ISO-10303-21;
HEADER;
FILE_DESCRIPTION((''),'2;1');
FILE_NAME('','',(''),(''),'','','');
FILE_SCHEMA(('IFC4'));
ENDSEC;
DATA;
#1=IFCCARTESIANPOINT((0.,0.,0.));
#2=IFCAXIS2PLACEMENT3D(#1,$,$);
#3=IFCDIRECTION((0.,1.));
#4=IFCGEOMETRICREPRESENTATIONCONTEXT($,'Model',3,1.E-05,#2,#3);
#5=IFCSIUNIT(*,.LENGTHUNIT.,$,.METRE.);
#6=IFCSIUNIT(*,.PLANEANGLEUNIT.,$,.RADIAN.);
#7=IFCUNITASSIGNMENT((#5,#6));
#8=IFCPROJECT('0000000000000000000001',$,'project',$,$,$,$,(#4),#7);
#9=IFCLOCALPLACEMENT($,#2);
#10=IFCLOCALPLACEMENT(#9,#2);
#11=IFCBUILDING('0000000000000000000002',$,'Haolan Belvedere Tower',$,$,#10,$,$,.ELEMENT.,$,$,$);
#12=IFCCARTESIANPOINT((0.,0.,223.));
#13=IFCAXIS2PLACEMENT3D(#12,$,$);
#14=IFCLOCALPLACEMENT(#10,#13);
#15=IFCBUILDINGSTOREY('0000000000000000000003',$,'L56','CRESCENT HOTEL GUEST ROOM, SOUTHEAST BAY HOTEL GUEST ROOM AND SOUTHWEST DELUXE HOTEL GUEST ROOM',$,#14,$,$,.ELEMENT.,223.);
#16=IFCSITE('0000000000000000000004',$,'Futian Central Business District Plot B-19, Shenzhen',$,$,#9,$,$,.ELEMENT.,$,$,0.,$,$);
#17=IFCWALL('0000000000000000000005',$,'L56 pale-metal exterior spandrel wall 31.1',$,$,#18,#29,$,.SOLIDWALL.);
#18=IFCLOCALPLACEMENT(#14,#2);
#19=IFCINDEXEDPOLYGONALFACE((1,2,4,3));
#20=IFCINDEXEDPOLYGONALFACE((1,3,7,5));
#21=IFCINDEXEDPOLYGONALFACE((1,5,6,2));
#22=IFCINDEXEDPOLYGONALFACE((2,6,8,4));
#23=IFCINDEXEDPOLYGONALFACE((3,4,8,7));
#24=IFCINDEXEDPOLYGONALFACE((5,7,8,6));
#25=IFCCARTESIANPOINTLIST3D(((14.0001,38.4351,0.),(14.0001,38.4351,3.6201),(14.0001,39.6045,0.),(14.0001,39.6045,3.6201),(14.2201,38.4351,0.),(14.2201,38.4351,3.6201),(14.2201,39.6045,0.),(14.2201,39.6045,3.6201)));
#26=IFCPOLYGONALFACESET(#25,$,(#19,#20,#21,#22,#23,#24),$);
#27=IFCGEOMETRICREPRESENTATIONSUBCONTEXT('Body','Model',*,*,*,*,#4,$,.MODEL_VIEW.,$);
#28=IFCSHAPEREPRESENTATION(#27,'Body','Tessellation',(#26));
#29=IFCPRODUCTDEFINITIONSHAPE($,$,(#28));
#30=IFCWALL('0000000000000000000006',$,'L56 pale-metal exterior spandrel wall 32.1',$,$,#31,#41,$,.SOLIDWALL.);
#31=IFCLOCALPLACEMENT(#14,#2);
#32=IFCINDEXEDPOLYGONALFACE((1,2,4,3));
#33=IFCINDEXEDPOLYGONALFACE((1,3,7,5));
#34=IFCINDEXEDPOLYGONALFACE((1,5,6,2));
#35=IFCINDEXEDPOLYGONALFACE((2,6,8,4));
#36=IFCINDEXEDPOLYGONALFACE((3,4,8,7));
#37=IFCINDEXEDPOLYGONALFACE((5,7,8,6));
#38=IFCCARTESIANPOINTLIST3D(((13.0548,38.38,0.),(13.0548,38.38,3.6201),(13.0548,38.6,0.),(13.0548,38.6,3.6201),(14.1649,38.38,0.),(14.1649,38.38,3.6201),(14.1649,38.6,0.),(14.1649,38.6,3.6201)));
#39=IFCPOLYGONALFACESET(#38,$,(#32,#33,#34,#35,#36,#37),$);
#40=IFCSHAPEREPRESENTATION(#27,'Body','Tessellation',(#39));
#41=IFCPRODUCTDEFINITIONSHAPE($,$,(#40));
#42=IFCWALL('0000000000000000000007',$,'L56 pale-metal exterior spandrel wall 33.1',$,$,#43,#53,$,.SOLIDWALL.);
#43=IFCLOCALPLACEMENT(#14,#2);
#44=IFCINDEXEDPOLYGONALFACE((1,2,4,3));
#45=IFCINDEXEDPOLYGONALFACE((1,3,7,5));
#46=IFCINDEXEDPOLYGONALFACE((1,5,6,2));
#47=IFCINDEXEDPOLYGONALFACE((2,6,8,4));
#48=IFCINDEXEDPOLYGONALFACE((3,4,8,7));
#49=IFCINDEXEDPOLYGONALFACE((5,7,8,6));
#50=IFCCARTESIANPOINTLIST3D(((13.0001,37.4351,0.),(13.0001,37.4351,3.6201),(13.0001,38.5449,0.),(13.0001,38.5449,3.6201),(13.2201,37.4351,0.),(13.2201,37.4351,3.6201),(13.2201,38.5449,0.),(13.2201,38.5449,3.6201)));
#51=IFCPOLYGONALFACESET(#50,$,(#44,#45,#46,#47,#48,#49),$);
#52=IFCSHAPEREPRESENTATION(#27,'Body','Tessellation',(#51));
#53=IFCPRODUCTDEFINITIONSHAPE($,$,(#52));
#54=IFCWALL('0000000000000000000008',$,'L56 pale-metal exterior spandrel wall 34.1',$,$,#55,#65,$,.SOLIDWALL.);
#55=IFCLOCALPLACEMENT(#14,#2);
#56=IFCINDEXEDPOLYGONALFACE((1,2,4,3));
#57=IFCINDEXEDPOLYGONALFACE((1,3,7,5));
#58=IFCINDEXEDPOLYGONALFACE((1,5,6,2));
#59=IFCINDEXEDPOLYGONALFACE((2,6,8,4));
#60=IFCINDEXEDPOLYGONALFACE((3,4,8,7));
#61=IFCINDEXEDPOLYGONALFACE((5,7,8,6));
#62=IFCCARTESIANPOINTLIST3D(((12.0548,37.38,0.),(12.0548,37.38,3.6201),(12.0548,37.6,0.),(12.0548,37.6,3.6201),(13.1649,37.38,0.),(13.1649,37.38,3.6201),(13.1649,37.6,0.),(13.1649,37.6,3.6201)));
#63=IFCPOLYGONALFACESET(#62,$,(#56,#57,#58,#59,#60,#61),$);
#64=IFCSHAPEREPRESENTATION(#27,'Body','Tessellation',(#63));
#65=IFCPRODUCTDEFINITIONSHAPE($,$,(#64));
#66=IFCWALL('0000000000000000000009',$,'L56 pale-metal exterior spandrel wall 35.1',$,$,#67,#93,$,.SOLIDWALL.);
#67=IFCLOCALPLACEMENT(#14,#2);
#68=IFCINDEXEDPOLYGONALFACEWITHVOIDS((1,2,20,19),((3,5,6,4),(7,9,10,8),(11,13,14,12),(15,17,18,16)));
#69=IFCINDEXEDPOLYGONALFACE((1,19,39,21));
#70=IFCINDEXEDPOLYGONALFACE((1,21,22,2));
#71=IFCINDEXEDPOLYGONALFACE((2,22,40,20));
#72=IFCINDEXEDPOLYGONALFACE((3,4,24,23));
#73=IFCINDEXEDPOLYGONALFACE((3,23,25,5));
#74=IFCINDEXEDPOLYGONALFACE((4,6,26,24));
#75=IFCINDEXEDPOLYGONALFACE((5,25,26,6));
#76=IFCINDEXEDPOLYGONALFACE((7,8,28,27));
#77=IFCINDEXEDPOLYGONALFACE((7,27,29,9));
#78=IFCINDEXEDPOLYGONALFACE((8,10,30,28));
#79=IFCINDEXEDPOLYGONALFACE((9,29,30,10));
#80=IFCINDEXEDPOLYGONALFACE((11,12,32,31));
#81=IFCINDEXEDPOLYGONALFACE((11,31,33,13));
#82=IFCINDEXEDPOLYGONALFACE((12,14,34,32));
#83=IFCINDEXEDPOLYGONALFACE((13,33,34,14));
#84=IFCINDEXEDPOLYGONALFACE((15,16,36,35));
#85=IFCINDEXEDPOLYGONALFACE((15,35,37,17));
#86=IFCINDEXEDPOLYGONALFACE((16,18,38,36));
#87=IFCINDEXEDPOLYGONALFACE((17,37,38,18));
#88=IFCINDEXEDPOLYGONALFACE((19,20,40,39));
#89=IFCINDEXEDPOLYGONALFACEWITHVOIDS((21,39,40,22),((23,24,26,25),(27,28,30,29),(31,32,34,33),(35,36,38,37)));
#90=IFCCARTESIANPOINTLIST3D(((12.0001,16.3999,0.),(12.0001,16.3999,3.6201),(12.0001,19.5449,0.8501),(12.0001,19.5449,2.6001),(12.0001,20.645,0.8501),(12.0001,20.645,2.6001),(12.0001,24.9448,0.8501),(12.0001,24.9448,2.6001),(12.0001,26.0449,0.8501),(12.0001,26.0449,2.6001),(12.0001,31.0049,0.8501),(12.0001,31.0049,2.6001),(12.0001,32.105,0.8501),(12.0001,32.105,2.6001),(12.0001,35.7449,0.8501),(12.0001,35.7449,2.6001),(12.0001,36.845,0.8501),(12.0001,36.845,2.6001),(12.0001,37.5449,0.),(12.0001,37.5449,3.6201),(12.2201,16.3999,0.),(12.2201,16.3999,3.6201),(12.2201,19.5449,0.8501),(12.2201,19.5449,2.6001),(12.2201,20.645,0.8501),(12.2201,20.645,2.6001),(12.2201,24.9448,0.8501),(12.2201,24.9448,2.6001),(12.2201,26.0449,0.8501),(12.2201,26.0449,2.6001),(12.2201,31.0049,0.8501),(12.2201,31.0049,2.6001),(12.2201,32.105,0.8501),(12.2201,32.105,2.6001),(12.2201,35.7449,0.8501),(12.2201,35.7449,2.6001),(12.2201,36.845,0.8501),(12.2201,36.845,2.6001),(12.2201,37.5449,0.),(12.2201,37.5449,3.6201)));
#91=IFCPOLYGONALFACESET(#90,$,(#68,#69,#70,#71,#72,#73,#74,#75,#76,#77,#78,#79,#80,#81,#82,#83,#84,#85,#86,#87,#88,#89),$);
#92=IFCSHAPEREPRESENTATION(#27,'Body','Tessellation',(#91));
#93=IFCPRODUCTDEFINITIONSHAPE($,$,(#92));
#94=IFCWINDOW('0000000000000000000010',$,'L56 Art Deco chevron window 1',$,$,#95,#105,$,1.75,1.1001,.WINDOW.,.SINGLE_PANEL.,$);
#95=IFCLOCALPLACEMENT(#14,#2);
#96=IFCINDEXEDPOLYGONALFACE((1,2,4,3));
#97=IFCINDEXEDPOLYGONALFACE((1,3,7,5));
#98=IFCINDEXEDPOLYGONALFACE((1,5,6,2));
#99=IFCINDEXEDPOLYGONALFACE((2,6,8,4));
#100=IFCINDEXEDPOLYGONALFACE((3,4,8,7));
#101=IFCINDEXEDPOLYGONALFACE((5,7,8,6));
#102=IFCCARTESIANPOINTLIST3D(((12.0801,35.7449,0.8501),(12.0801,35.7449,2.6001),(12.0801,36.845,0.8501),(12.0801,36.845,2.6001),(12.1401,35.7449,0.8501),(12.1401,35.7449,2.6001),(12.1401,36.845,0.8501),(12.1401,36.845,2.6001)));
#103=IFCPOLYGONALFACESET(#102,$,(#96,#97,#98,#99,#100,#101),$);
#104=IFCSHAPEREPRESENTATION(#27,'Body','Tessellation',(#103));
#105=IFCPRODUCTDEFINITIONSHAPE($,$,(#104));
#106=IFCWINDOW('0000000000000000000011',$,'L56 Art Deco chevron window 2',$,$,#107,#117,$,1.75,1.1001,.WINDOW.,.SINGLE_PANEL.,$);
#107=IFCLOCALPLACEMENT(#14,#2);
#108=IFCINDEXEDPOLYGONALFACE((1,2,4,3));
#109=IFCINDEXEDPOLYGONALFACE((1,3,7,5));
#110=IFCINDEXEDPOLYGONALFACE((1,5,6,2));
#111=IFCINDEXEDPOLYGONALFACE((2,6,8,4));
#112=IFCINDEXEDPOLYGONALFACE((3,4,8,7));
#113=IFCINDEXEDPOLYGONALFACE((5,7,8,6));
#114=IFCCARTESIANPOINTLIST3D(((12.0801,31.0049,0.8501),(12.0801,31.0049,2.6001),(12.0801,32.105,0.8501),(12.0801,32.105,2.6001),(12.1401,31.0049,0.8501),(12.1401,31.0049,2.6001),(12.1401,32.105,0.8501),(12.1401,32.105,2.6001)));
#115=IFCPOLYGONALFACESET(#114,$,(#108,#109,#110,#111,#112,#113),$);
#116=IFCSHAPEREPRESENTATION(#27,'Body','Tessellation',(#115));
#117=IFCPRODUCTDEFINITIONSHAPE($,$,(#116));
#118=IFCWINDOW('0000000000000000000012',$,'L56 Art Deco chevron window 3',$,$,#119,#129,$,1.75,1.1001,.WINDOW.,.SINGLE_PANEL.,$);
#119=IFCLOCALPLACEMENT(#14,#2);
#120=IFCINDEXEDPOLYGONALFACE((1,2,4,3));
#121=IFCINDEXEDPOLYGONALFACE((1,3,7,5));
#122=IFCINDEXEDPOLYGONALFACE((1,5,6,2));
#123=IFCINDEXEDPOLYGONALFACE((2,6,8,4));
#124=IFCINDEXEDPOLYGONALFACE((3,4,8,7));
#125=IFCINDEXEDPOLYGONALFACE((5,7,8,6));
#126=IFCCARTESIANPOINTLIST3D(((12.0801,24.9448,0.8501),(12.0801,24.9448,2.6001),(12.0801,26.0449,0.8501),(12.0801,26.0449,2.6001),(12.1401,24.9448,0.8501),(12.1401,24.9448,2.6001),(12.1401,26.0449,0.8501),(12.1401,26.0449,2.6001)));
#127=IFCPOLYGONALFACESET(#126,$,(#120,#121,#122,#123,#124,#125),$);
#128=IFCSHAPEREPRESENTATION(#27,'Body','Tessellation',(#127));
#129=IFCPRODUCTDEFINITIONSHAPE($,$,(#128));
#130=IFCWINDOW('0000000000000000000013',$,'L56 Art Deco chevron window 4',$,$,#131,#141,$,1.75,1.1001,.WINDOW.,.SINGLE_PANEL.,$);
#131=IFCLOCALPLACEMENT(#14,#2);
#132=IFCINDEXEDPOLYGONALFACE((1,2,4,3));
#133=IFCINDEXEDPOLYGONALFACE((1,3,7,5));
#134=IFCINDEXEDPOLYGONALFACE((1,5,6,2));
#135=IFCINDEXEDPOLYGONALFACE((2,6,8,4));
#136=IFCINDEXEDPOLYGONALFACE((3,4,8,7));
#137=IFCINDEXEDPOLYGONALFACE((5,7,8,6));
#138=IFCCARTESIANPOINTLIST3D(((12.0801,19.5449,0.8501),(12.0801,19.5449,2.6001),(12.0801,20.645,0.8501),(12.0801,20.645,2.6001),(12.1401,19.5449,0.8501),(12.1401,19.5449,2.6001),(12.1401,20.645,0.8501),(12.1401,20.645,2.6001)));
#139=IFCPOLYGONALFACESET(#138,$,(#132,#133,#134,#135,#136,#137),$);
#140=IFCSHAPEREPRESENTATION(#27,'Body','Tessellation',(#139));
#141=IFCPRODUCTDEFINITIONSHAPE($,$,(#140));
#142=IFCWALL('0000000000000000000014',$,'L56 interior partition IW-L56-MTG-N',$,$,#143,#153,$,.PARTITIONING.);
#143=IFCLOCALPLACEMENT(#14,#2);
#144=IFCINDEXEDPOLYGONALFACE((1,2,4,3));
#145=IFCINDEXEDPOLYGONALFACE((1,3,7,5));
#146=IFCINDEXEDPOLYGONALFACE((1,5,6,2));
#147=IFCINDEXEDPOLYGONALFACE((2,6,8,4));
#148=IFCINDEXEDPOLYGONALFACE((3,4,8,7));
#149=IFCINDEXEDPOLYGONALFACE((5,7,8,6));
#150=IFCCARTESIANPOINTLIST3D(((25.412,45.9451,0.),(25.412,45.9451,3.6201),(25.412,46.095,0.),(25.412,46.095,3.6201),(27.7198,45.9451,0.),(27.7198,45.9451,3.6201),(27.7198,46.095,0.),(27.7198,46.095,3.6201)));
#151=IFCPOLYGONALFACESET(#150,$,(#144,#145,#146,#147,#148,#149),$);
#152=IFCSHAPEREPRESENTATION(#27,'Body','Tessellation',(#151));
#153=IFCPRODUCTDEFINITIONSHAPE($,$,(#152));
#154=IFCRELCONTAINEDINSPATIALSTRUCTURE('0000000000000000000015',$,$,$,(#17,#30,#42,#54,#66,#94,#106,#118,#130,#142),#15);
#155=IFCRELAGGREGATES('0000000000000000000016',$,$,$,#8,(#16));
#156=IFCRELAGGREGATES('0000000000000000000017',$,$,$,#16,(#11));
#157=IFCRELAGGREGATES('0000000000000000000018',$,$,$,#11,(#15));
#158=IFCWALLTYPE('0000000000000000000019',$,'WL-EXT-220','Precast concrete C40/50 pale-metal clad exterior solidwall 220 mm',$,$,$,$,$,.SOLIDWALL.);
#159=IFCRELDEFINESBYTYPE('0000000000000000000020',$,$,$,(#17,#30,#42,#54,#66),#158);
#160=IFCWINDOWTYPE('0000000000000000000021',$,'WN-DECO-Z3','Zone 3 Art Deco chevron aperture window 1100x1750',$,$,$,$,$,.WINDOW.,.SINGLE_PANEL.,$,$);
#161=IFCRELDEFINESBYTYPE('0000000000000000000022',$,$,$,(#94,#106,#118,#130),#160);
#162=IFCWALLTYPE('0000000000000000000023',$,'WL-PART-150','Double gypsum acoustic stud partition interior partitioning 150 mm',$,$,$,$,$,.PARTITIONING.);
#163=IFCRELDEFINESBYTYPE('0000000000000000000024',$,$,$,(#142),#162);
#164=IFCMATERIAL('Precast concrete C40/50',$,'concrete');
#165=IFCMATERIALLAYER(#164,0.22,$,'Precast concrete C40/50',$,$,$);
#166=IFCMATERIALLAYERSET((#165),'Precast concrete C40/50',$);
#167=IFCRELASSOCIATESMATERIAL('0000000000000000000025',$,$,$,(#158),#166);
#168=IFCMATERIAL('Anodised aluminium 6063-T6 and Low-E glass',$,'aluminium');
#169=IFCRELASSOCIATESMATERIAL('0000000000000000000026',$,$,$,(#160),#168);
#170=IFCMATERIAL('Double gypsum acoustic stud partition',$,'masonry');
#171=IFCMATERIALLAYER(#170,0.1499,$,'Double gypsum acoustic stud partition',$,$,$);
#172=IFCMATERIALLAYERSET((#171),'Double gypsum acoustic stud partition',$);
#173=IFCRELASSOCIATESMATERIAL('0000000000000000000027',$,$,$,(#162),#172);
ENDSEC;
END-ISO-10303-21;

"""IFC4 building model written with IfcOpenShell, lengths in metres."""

from ifc_helpers import new_model, si_unit, direction, frame, frame_2d, origin, place, context, subcontext, project, spatial, rectangle, extrude, material, layer, layer_set, type_object, element, fill, save


model = new_model("IFC4")

# Units and contexts
model_context = context("Model", 3, precision=1e-05, world=origin(), true_north=direction((0.0, 1.0)))
body_context = subcontext(model_context, "Body", "Model", "MODEL_VIEW")
ifc_project = project(units=[si_unit("LENGTHUNIT", "METRE"), si_unit("PLANEANGLEUNIT", "RADIAN")], contexts=[model_context])

# Site, building, storey
site_placement = place(None, origin())
site = spatial("IfcSite", under=ifc_project, at=site_placement, Name="Futian Central Business District Plot B-19, Shenzhen", CompositionType="ELEMENT", RefElevation=0.0)
building_placement = place(site_placement, origin())
building = spatial("IfcBuilding", under=site, at=building_placement, Name="Haolan Belvedere Tower", CompositionType="ELEMENT")
storey_placement = place(building_placement, frame((0.0, 0.0, 223.0)))
storey = spatial("IfcBuildingStorey", under=building, at=storey_placement, Name="L56", Description="CRESCENT HOTEL GUEST ROOM, SOUTHEAST BAY HOTEL GUEST ROOM AND SOUTHWEST DELUXE HOTEL GUEST ROOM", CompositionType="ELEMENT", Elevation=223.0)

# Shared definitions
ifc_material_1 = material(Name="Precast concrete C40/50", Category="concrete")
ifc_layer_1 = layer(ifc_material_1, 0.22, Name="Precast concrete C40/50")
ifc_layer_set_1 = layer_set([ifc_layer_1], Name="Precast concrete C40/50")
wall_type_1 = type_object("IfcWallType", Name="WL-EXT-220", Description="Precast concrete C40/50 pale-metal clad exterior solidwall 220 mm", PredefinedType="SOLIDWALL", material=ifc_layer_set_1)

# Shared definitions
ifc_material_2 = material(Name="Anodised aluminium 6063-T6 and Low-E glass", Category="aluminium")
window_type = type_object("IfcWindowType", Name="WN-DECO-Z3", Description="Zone 3 Art Deco chevron aperture window 1100x1750", PartitioningType="SINGLE_PANEL", PredefinedType="WINDOW", material=ifc_material_2)

# Walls
wall_1_placement = place(storey_placement, frame((14.1101, 39.6045, 0.0), z_axis=(0.0, 0.0, 1.0), x_axis=(0.0, -1.0, 0.0)))
element("IfcWall", 1, at=wall_1_placement, inside=storey, type_object=wall_type_1, Name="L56 pale-metal exterior spandrel wall 31.1", PredefinedType="SOLIDWALL", context=body_context, shape_type="SweptSolid", body=[
    extrude(rectangle(XDim=1.1694, YDim=0.22, at=frame_2d((0.5847, 0.0))), origin(), (0.0, 0.0, 1.0), 3.6201),
])
wall_2_placement = place(storey_placement, frame((14.165, 38.49, 0.0), z_axis=(0.0, 0.0, 1.0), x_axis=(-1.0, 0.0, 0.0)))
element("IfcWall", 2, at=wall_2_placement, inside=storey, type_object=wall_type_1, Name="L56 pale-metal exterior spandrel wall 32.1", PredefinedType="SOLIDWALL", context=body_context, shape_type="SweptSolid", body=[
    extrude(rectangle(XDim=1.1101, YDim=0.22, at=frame_2d((0.5552, 0.0))), origin(), (0.0, 0.0, 1.0), 3.6201),
])
wall_3_placement = place(storey_placement, frame((13.1101, 38.5449, 0.0), z_axis=(0.0, 0.0, 1.0), x_axis=(0.0, -1.0, 0.0)))
element("IfcWall", 3, at=wall_3_placement, inside=storey, type_object=wall_type_1, Name="L56 pale-metal exterior spandrel wall 33.1", PredefinedType="SOLIDWALL", context=body_context, shape_type="SweptSolid", body=[
    extrude(rectangle(XDim=1.1099, YDim=0.22, at=frame_2d((0.5549, 0.0))), origin(), (0.0, 0.0, 1.0), 3.6201),
])
wall_4_placement = place(storey_placement, frame((13.165, 37.49, 0.0), z_axis=(0.0, 0.0, 1.0), x_axis=(-1.0, 0.0, 0.0)))
element("IfcWall", 4, at=wall_4_placement, inside=storey, type_object=wall_type_1, Name="L56 pale-metal exterior spandrel wall 34.1", PredefinedType="SOLIDWALL", context=body_context, shape_type="SweptSolid", body=[
    extrude(rectangle(XDim=1.1101, YDim=0.22, at=frame_2d((0.5552, 0.0))), origin(), (0.0, 0.0, 1.0), 3.6201),
])

# Wall, openings, windows
wall_5_placement = place(storey_placement, frame((12.1101, 37.5449, 0.0), z_axis=(0.0, 0.0, 1.0), x_axis=(0.0, -1.0, 0.0)))
wall_5 = element("IfcWall", 5, at=wall_5_placement, inside=storey, type_object=wall_type_1, Name="L56 pale-metal exterior spandrel wall 35.1", PredefinedType="SOLIDWALL", context=body_context, shape_type="SweptSolid", body=[
    extrude(rectangle(XDim=21.145, YDim=0.22, at=frame_2d((10.5725, 0.0))), origin(), (0.0, 0.0, 1.0), 3.6201),
])
opening_1_placement = place(wall_5_placement, frame((0.7, 0.0, 0.8501)))
opening_1 = element("IfcOpeningElement", 6, at=opening_1_placement, cuts=wall_5, PredefinedType="OPENING", context=body_context, shape_type="SweptSolid", body=[
    extrude(rectangle(XDim=1.1001, YDim=1.75, at=frame_2d((0.55, 0.875))), frame((0.0, 0.1199, 0.0), z_axis=(0.0, -1.0, 0.0), x_axis=(1.0, 0.0, 0.0)), (0.0, 0.0, 1.0), 0.24),
])
opening_2_placement = place(wall_5_placement, frame((5.4399, 0.0, 0.8501)))
opening_2 = element("IfcOpeningElement", 7, at=opening_2_placement, cuts=wall_5, PredefinedType="OPENING", context=body_context, shape_type="SweptSolid", body=[
    extrude(rectangle(XDim=1.1001, YDim=1.75, at=frame_2d((0.55, 0.875))), frame((0.0, 0.1199, 0.0), z_axis=(0.0, -1.0, 0.0), x_axis=(1.0, 0.0, 0.0)), (0.0, 0.0, 1.0), 0.24),
])
opening_3_placement = place(wall_5_placement, frame((11.5, 0.0, 0.8501)))
opening_3 = element("IfcOpeningElement", 8, at=opening_3_placement, cuts=wall_5, PredefinedType="OPENING", context=body_context, shape_type="SweptSolid", body=[
    extrude(rectangle(XDim=1.1001, YDim=1.75, at=frame_2d((0.55, 0.875))), frame((0.0, 0.1199, 0.0), z_axis=(0.0, -1.0, 0.0), x_axis=(1.0, 0.0, 0.0)), (0.0, 0.0, 1.0), 0.24),
])
opening_4_placement = place(wall_5_placement, frame((16.8999, 0.0, 0.8501)))
opening_4 = element("IfcOpeningElement", 9, at=opening_4_placement, cuts=wall_5, PredefinedType="OPENING", context=body_context, shape_type="SweptSolid", body=[
    extrude(rectangle(XDim=1.1001, YDim=1.75, at=frame_2d((0.55, 0.875))), frame((0.0, 0.1199, 0.0), z_axis=(0.0, -1.0, 0.0), x_axis=(1.0, 0.0, 0.0)), (0.0, 0.0, 1.0), 0.24),
])
window_1_placement = place(opening_1_placement, origin())
window_1 = element("IfcWindow", 10, at=window_1_placement, inside=storey, type_object=window_type, Name="L56 Art Deco chevron window 1", OverallHeight=1.75, OverallWidth=1.1001, PartitioningType="SINGLE_PANEL", PredefinedType="WINDOW", context=body_context, shape_type="SweptSolid", body=[
    extrude(rectangle(XDim=1.1001, YDim=1.75, at=frame_2d((0.55, 0.875))), frame((0.0, 0.03, 0.0), z_axis=(0.0, -1.0, 0.0), x_axis=(1.0, 0.0, 0.0)), (0.0, 0.0, 1.0), 0.0601),
])
fill(opening_1, window_1)
window_2_placement = place(opening_2_placement, origin())
window_2 = element("IfcWindow", 11, at=window_2_placement, inside=storey, type_object=window_type, Name="L56 Art Deco chevron window 2", OverallHeight=1.75, OverallWidth=1.1001, PartitioningType="SINGLE_PANEL", PredefinedType="WINDOW", context=body_context, shape_type="SweptSolid", body=[
    extrude(rectangle(XDim=1.1001, YDim=1.75, at=frame_2d((0.55, 0.875))), frame((0.0, 0.03, 0.0), z_axis=(0.0, -1.0, 0.0), x_axis=(1.0, 0.0, 0.0)), (0.0, 0.0, 1.0), 0.0601),
])
fill(opening_2, window_2)
window_3_placement = place(opening_3_placement, origin())
window_3 = element("IfcWindow", 12, at=window_3_placement, inside=storey, type_object=window_type, Name="L56 Art Deco chevron window 3", OverallHeight=1.75, OverallWidth=1.1001, PartitioningType="SINGLE_PANEL", PredefinedType="WINDOW", context=body_context, shape_type="SweptSolid", body=[
    extrude(rectangle(XDim=1.1001, YDim=1.75, at=frame_2d((0.55, 0.875))), frame((0.0, 0.03, 0.0), z_axis=(0.0, -1.0, 0.0), x_axis=(1.0, 0.0, 0.0)), (0.0, 0.0, 1.0), 0.0601),
])
fill(opening_3, window_3)
window_4_placement = place(opening_4_placement, origin())
window_4 = element("IfcWindow", 13, at=window_4_placement, inside=storey, type_object=window_type, Name="L56 Art Deco chevron window 4", OverallHeight=1.75, OverallWidth=1.1001, PartitioningType="SINGLE_PANEL", PredefinedType="WINDOW", context=body_context, shape_type="SweptSolid", body=[
    extrude(rectangle(XDim=1.1001, YDim=1.75, at=frame_2d((0.55, 0.875))), frame((0.0, 0.03, 0.0), z_axis=(0.0, -1.0, 0.0), x_axis=(1.0, 0.0, 0.0)), (0.0, 0.0, 1.0), 0.0601),
])
fill(opening_4, window_4)

# Wall
ifc_material_3 = material(Name="Double gypsum acoustic stud partition", Category="masonry")
ifc_layer_2 = layer(ifc_material_3, 0.1499, Name="Double gypsum acoustic stud partition")
ifc_layer_set_2 = layer_set([ifc_layer_2], Name="Double gypsum acoustic stud partition")
wall_type_2 = type_object("IfcWallType", Name="WL-PART-150", Description="Double gypsum acoustic stud partition interior partitioning 150 mm", PredefinedType="PARTITIONING", material=ifc_layer_set_2)
wall_6_placement = place(storey_placement, frame((25.4121, 46.02, 0.0), z_axis=(0.0, 0.0, 1.0), x_axis=(1.0, 0.0, 0.0)))
element("IfcWall", 14, at=wall_6_placement, inside=storey, type_object=wall_type_2, Name="L56 interior partition IW-L56-MTG-N", PredefinedType="PARTITIONING", context=body_context, shape_type="SweptSolid", body=[
    extrude(rectangle(XDim=2.3079, YDim=0.1499, at=frame_2d((1.1538, 0.0))), origin(), (0.0, 0.0, 1.0), 3.6201),
])

save(model, "model.ifc")
